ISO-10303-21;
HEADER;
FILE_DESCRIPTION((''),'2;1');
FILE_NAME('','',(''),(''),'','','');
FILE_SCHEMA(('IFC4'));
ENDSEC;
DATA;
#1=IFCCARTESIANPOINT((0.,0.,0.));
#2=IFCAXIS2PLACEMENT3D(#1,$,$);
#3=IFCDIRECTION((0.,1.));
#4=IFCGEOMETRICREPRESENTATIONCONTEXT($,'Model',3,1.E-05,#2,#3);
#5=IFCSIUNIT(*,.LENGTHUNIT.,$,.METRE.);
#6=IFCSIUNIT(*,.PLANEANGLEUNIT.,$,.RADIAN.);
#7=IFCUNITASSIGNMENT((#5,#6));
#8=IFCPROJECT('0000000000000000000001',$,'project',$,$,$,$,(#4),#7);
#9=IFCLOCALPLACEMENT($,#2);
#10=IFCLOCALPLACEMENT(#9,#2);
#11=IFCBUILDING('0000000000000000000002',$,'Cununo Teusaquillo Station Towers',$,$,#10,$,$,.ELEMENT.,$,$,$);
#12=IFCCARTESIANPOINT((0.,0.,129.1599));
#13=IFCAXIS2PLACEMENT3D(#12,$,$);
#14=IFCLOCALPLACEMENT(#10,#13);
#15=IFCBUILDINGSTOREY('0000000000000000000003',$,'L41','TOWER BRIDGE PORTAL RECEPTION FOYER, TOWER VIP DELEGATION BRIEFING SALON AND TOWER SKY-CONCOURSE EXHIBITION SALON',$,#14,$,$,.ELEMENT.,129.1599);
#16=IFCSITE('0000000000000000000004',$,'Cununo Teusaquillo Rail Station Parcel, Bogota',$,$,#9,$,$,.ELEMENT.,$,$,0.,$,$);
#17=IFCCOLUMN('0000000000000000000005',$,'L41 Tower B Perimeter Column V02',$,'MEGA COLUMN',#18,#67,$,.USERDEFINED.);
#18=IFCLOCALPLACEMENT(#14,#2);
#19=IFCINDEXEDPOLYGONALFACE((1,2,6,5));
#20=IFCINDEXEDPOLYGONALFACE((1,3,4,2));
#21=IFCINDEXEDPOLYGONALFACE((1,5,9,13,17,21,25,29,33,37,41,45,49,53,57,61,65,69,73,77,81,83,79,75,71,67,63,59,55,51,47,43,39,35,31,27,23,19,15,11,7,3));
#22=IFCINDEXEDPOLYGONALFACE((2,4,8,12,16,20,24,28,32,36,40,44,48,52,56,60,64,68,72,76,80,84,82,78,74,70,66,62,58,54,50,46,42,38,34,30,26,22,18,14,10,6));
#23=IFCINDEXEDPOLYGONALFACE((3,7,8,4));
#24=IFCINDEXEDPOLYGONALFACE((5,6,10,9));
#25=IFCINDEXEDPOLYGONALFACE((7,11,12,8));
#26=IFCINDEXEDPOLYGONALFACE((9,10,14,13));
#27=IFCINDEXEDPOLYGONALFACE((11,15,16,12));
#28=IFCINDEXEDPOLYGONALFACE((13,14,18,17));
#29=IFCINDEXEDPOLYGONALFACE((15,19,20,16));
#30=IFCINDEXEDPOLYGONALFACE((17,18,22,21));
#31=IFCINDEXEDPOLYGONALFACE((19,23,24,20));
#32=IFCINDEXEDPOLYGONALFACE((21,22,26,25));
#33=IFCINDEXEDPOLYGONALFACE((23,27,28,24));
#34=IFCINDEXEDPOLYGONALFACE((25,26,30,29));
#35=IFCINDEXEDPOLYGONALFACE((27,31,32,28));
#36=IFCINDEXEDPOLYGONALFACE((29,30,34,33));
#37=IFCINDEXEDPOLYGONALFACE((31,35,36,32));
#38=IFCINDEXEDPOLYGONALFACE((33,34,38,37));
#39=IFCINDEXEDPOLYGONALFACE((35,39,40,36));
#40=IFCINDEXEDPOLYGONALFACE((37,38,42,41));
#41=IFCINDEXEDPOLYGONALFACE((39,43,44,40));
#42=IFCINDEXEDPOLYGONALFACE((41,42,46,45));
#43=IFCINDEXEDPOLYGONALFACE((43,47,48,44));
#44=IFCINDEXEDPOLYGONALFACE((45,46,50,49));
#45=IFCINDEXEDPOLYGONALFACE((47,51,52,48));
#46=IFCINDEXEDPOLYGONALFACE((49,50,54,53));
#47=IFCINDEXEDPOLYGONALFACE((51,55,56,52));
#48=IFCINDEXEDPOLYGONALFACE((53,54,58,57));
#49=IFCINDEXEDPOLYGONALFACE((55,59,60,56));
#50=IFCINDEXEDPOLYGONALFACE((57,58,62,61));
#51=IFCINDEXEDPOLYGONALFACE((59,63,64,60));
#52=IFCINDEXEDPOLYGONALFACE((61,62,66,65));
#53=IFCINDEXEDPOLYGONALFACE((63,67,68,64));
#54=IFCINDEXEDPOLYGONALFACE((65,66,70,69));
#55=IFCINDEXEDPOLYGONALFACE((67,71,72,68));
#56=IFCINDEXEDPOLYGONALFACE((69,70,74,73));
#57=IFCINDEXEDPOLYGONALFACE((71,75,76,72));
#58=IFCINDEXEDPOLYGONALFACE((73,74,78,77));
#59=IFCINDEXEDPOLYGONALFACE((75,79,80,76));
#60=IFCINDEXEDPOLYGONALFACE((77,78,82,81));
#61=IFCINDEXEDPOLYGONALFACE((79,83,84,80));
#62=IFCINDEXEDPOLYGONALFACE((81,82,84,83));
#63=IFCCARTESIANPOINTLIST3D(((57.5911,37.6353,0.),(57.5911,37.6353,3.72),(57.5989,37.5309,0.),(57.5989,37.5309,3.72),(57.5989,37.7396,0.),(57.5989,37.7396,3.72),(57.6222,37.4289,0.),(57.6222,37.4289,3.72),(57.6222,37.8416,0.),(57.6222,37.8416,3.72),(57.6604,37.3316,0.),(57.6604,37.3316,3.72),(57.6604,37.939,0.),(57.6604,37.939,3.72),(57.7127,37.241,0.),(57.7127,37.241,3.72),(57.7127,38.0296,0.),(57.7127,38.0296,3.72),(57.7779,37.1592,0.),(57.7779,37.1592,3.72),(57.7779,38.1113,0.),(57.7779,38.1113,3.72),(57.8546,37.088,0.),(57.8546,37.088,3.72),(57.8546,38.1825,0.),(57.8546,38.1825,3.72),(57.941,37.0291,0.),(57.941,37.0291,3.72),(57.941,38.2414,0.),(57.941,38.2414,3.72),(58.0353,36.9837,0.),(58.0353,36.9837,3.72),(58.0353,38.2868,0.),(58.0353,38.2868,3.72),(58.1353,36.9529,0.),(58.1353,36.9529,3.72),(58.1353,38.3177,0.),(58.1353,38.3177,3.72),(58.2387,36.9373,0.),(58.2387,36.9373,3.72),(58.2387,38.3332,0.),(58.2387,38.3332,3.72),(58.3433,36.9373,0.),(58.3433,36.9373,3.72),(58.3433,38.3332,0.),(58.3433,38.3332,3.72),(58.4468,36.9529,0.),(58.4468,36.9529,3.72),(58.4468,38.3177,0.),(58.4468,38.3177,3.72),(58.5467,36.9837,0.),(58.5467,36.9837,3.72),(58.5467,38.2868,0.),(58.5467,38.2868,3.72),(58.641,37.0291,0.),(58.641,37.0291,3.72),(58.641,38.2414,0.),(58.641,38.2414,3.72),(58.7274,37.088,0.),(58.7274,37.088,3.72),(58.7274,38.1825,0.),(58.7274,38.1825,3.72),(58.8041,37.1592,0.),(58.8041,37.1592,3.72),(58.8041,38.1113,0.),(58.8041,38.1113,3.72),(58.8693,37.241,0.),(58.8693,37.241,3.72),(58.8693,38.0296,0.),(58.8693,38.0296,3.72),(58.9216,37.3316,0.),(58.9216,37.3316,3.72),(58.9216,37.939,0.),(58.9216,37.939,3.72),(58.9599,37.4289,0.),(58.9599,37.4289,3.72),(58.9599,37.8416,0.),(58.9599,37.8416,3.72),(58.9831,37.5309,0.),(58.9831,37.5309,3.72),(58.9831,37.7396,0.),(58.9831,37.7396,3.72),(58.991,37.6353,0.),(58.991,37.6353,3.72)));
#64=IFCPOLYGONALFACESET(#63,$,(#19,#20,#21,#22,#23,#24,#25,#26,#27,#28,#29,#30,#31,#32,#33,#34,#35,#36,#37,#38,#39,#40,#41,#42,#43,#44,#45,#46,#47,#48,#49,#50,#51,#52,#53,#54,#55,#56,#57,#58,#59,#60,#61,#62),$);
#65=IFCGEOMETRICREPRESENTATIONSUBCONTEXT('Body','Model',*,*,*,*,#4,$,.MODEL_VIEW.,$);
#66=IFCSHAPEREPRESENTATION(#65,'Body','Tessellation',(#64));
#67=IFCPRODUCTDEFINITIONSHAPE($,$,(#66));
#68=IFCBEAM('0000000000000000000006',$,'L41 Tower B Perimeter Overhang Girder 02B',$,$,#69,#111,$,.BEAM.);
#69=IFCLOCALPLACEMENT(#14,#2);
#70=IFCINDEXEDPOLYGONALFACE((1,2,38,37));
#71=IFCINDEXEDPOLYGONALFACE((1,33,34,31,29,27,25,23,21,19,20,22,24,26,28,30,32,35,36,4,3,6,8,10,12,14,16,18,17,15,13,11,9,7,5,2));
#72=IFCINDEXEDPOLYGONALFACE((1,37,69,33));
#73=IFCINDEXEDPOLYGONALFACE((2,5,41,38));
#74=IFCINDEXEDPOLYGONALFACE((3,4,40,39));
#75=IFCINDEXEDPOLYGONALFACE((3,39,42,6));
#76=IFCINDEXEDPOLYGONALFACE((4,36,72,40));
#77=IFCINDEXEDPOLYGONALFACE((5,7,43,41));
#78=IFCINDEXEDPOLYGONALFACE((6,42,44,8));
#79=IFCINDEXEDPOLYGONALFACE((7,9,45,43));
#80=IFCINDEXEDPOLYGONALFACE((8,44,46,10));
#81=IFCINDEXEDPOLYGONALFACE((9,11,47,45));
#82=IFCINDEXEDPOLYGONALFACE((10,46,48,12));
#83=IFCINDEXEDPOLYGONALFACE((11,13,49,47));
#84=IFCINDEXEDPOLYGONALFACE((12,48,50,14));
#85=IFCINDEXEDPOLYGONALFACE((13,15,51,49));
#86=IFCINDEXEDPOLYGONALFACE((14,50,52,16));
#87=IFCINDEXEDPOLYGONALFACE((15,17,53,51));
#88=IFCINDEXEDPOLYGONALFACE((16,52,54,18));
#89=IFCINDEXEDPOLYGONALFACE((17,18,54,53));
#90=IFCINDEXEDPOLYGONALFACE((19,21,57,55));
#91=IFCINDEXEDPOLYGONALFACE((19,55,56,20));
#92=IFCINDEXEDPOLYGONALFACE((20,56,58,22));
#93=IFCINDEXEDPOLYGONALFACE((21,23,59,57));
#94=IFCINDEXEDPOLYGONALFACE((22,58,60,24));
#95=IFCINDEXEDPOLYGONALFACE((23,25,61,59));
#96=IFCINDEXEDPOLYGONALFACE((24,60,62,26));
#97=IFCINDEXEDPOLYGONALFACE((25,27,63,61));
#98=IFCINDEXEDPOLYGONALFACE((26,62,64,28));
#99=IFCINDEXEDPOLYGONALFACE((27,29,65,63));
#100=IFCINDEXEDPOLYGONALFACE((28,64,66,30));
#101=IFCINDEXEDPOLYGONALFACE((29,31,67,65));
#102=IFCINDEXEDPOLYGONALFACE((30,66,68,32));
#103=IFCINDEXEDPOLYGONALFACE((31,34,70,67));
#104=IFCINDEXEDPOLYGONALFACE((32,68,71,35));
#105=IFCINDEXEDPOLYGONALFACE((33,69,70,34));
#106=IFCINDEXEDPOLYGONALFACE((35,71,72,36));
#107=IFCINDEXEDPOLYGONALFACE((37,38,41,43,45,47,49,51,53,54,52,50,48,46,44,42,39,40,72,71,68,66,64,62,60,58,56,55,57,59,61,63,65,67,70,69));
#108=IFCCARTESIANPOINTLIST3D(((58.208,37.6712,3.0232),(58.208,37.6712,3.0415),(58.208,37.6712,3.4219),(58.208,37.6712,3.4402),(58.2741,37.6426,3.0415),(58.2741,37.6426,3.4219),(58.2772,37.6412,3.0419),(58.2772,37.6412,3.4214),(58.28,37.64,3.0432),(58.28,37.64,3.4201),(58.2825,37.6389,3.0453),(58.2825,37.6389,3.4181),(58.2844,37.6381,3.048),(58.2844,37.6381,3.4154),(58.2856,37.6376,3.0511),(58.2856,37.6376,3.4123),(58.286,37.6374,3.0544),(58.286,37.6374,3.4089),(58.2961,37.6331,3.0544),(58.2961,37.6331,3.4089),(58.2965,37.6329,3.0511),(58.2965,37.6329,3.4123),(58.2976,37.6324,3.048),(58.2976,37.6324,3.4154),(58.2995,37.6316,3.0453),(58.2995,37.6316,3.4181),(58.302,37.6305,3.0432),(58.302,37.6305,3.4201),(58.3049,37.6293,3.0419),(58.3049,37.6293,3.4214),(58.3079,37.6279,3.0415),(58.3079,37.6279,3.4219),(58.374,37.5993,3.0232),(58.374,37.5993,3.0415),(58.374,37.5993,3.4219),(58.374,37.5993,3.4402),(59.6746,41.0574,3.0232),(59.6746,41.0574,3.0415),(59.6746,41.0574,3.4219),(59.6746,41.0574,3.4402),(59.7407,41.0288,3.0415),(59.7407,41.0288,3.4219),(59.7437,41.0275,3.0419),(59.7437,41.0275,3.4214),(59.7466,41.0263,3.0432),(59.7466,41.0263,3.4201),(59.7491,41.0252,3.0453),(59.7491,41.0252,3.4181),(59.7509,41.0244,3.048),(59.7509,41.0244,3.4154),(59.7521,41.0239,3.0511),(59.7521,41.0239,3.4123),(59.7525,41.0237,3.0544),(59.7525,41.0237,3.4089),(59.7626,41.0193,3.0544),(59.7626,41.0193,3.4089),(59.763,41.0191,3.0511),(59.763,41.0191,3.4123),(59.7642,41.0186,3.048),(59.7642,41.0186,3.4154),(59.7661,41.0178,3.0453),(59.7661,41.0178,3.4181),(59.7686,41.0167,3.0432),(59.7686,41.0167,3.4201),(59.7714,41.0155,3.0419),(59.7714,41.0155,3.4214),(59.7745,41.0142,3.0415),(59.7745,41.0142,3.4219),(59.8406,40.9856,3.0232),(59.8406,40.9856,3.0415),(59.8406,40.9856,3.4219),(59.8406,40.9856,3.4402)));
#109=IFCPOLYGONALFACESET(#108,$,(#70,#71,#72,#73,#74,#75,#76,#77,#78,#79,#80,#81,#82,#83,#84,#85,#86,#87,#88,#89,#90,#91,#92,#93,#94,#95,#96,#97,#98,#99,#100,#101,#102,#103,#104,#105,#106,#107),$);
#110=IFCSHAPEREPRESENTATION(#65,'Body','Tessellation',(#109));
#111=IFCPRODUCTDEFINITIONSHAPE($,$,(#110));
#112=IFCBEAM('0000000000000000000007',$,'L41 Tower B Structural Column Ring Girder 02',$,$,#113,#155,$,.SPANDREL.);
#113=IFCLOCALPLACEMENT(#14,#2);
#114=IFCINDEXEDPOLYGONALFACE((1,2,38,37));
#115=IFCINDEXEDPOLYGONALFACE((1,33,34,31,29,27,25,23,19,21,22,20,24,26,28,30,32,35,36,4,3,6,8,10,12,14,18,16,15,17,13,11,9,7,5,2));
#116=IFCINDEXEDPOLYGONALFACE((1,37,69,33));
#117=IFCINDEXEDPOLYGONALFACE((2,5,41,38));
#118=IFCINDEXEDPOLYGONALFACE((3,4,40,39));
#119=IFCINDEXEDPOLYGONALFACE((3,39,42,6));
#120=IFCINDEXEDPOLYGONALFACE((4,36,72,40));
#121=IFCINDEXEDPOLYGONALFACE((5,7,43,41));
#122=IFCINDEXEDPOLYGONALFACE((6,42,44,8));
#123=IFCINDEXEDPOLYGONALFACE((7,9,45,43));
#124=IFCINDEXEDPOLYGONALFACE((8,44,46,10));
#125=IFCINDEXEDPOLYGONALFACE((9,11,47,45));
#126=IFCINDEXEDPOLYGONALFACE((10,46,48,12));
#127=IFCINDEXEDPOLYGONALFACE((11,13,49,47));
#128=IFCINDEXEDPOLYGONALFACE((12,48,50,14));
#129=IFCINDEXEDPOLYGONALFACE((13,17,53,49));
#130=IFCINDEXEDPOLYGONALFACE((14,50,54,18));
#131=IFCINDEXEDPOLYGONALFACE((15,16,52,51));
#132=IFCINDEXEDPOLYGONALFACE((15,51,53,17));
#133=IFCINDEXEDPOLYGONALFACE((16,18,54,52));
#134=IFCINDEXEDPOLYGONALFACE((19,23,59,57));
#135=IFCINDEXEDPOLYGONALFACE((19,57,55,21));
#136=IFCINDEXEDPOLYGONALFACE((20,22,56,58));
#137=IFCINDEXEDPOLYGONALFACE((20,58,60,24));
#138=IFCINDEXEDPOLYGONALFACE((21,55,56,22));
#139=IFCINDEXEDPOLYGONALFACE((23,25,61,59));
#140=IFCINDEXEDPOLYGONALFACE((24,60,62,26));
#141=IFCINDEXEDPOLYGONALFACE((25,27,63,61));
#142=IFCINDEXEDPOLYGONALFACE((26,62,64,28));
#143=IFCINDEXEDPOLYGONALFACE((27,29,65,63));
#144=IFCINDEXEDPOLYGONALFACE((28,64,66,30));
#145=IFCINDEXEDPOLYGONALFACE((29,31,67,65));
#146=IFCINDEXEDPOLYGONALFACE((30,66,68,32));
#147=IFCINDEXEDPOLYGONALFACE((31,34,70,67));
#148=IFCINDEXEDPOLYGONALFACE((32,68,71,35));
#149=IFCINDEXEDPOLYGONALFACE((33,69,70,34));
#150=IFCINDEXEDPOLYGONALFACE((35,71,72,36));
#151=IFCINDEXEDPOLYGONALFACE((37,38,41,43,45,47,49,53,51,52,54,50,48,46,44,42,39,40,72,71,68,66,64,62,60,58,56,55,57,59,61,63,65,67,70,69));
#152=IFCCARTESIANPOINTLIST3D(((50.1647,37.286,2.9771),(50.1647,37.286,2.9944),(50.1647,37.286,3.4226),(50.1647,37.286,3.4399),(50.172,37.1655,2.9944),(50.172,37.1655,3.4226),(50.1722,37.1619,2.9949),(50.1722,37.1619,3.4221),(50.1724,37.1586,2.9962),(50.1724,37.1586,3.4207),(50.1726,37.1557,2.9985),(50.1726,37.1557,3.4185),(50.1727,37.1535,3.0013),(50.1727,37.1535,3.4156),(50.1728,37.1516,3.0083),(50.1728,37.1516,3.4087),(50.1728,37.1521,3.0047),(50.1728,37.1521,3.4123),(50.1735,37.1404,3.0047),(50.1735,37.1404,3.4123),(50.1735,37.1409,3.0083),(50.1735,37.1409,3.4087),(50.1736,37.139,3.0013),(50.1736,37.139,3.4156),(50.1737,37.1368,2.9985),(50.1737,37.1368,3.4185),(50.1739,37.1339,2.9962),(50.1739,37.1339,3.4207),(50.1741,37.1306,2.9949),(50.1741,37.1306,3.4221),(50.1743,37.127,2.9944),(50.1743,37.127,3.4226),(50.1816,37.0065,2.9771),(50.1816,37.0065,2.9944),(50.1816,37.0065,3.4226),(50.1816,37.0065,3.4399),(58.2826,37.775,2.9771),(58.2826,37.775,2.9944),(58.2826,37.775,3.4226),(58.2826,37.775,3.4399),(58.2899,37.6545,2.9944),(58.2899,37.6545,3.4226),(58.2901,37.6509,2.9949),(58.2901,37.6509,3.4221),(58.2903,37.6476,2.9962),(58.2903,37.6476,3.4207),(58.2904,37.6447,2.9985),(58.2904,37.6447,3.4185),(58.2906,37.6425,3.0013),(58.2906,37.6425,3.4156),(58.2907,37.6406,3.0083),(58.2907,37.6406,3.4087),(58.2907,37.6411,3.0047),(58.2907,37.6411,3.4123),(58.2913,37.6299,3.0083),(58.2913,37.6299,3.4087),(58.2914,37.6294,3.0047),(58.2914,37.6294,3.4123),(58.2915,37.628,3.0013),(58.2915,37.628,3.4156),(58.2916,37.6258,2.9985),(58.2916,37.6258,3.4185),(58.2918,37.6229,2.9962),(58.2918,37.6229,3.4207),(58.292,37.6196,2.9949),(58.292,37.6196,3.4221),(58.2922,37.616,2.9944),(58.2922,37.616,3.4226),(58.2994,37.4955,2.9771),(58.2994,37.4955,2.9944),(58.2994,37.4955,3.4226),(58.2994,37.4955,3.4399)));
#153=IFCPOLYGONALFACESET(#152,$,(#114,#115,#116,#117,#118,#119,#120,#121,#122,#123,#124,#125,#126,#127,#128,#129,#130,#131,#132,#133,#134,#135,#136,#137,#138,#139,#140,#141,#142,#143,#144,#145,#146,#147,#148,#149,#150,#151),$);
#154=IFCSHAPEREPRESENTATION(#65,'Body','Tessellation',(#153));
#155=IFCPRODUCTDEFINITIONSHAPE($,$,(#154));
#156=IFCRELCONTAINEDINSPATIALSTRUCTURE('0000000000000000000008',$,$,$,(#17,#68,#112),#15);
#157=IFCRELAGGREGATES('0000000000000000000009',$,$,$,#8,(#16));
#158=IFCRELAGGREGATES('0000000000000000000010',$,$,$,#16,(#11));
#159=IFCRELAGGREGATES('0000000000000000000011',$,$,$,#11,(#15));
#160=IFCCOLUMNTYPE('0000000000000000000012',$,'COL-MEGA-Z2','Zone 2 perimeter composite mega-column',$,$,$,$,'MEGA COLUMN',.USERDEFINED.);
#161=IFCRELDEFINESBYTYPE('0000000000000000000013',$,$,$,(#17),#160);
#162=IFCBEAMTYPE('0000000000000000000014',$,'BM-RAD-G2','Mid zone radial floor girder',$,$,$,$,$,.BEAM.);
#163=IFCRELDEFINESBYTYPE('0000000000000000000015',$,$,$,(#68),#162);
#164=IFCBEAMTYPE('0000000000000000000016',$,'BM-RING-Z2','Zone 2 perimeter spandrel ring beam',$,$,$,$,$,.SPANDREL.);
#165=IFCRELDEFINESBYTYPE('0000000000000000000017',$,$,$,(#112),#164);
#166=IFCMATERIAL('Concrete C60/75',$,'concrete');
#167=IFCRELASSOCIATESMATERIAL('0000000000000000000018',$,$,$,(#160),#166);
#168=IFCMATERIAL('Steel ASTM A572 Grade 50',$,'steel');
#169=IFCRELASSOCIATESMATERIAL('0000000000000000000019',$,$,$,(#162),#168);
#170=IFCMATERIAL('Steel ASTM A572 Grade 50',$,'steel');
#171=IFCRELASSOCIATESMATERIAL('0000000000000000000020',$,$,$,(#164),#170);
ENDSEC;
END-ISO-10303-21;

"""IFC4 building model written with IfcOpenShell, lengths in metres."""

from ifc_helpers import new_model, si_unit, direction, frame, origin, origin_2d, place, context, subcontext, project, spatial, circle, i_section, extrude, material, material_profile, profile_set, type_object, element, save


model = new_model("IFC4")

# Units and contexts
model_context = context("Model", 3, precision=1e-05, world=origin(), true_north=direction((0.0, 1.0)))
body_context = subcontext(model_context, "Body", "Model", "MODEL_VIEW")
ifc_project = project(units=[si_unit("LENGTHUNIT", "METRE"), si_unit("PLANEANGLEUNIT", "RADIAN")], contexts=[model_context])

# Site, building, storey
site_placement = place(None, origin())
site = spatial("IfcSite", under=ifc_project, at=site_placement, Name="Cununo Teusaquillo Rail Station Parcel, Bogota", CompositionType="ELEMENT", RefElevation=0.0)
building_placement = place(site_placement, origin())
building = spatial("IfcBuilding", under=site, at=building_placement, Name="Cununo Teusaquillo Station Towers", CompositionType="ELEMENT")
storey_placement = place(building_placement, frame((0.0, 0.0, 129.1599)))
storey = spatial("IfcBuildingStorey", under=building, at=storey_placement, Name="L41", Description="TOWER BRIDGE PORTAL RECEPTION FOYER, TOWER VIP DELEGATION BRIEFING SALON AND TOWER SKY-CONCOURSE EXHIBITION SALON", CompositionType="ELEMENT", Elevation=129.1599)

# Column
ifc_material_1 = material(Name="Concrete C60/75", Category="concrete")
ifc_material_profile_1 = material_profile(ifc_material_1, circle(Radius=0.7, at=origin_2d()), Name="RC-CIRC-1400")
ifc_profile_set_1 = profile_set([ifc_material_profile_1], Name="Concrete C60/75")
column_type = type_object("IfcColumnType", Name="COL-MEGA-Z2", Description="Zone 2 perimeter composite mega-column", ElementType="MEGA COLUMN", PredefinedType="USERDEFINED", material=ifc_profile_set_1)
column_placement = place(storey_placement, frame((58.291, 37.6353, 0.0), z_axis=(0.0, 0.0, 1.0), x_axis=(1.0, 0.0, 0.0)))
element("IfcColumn", 1, at=column_placement, inside=storey, type_object=column_type, Name="L41 Tower B Perimeter Column V02", ObjectType="MEGA COLUMN", PredefinedType="USERDEFINED", context=body_context, shape_type="SweptSolid", body=[
    extrude(circle(Radius=0.7, at=origin_2d()), origin(), (0.0, 0.0, 1.0), 3.72),
])

# Beams
ifc_material_2 = material(Name="Steel ASTM A572 Grade 50", Category="steel")
ifc_material_profile_2 = material_profile(ifc_material_2, i_section(OverallWidth=0.1809, OverallDepth=0.417, WebThickness=0.011, FlangeThickness=0.0183, FilletRadius=0.0129, at=origin_2d()), Name="W16X57")
ifc_profile_set_2 = profile_set([ifc_material_profile_2], Name="Steel ASTM A572 Grade 50")
beam_type_1 = type_object("IfcBeamType", Name="BM-RAD-G2", Description="Mid zone radial floor girder", PredefinedType="BEAM", material=ifc_profile_set_2)
beam_1_placement = place(storey_placement, frame((58.291, 37.6353, 3.2317), z_axis=(0.397422, 0.917636, 0.0), x_axis=(-0.917636, 0.397422, 0.0)))
element("IfcBeam", 2, at=beam_1_placement, inside=storey, type_object=beam_type_1, Name="L41 Tower B Perimeter Overhang Girder 02B", PredefinedType="BEAM", context=body_context, shape_type="SweptSolid", body=[
    extrude(i_section(OverallWidth=0.1809, OverallDepth=0.417, WebThickness=0.011, FlangeThickness=0.0183, FilletRadius=0.0129, at=origin_2d()), origin(), (0.0, 0.0, 1.0), 3.6902),
])
ifc_material_3 = material(Name="Steel ASTM A572 Grade 50", Category="steel")
ifc_material_profile_3 = material_profile(ifc_material_3, i_section(OverallWidth=0.28, OverallDepth=0.4629, WebThickness=0.0107, FlangeThickness=0.0173, FilletRadius=0.0139, at=origin_2d()), Name="W18X76")
ifc_profile_set_3 = profile_set([ifc_material_profile_3], Name="Steel ASTM A572 Grade 50")
beam_type_2 = type_object("IfcBeamType", Name="BM-RING-Z2", Description="Zone 2 perimeter spandrel ring beam", PredefinedType="SPANDREL", material=ifc_profile_set_3)
beam_2_placement = place(storey_placement, frame((58.291, 37.6353, 3.2085), z_axis=(-0.998191, -0.06013, 0.0), x_axis=(0.06013, -0.998191, 0.0)))
element("IfcBeam", 3, at=beam_2_placement, inside=storey, type_object=beam_type_2, Name="L41 Tower B Structural Column Ring Girder 02", PredefinedType="SPANDREL", context=body_context, shape_type="SweptSolid", body=[
    extrude(i_section(OverallWidth=0.28, OverallDepth=0.4629, WebThickness=0.0107, FlangeThickness=0.0173, FilletRadius=0.0139, at=origin_2d()), origin(), (0.0, 0.0, 1.0), 8.1326),
])

save(model, "model.ifc")
